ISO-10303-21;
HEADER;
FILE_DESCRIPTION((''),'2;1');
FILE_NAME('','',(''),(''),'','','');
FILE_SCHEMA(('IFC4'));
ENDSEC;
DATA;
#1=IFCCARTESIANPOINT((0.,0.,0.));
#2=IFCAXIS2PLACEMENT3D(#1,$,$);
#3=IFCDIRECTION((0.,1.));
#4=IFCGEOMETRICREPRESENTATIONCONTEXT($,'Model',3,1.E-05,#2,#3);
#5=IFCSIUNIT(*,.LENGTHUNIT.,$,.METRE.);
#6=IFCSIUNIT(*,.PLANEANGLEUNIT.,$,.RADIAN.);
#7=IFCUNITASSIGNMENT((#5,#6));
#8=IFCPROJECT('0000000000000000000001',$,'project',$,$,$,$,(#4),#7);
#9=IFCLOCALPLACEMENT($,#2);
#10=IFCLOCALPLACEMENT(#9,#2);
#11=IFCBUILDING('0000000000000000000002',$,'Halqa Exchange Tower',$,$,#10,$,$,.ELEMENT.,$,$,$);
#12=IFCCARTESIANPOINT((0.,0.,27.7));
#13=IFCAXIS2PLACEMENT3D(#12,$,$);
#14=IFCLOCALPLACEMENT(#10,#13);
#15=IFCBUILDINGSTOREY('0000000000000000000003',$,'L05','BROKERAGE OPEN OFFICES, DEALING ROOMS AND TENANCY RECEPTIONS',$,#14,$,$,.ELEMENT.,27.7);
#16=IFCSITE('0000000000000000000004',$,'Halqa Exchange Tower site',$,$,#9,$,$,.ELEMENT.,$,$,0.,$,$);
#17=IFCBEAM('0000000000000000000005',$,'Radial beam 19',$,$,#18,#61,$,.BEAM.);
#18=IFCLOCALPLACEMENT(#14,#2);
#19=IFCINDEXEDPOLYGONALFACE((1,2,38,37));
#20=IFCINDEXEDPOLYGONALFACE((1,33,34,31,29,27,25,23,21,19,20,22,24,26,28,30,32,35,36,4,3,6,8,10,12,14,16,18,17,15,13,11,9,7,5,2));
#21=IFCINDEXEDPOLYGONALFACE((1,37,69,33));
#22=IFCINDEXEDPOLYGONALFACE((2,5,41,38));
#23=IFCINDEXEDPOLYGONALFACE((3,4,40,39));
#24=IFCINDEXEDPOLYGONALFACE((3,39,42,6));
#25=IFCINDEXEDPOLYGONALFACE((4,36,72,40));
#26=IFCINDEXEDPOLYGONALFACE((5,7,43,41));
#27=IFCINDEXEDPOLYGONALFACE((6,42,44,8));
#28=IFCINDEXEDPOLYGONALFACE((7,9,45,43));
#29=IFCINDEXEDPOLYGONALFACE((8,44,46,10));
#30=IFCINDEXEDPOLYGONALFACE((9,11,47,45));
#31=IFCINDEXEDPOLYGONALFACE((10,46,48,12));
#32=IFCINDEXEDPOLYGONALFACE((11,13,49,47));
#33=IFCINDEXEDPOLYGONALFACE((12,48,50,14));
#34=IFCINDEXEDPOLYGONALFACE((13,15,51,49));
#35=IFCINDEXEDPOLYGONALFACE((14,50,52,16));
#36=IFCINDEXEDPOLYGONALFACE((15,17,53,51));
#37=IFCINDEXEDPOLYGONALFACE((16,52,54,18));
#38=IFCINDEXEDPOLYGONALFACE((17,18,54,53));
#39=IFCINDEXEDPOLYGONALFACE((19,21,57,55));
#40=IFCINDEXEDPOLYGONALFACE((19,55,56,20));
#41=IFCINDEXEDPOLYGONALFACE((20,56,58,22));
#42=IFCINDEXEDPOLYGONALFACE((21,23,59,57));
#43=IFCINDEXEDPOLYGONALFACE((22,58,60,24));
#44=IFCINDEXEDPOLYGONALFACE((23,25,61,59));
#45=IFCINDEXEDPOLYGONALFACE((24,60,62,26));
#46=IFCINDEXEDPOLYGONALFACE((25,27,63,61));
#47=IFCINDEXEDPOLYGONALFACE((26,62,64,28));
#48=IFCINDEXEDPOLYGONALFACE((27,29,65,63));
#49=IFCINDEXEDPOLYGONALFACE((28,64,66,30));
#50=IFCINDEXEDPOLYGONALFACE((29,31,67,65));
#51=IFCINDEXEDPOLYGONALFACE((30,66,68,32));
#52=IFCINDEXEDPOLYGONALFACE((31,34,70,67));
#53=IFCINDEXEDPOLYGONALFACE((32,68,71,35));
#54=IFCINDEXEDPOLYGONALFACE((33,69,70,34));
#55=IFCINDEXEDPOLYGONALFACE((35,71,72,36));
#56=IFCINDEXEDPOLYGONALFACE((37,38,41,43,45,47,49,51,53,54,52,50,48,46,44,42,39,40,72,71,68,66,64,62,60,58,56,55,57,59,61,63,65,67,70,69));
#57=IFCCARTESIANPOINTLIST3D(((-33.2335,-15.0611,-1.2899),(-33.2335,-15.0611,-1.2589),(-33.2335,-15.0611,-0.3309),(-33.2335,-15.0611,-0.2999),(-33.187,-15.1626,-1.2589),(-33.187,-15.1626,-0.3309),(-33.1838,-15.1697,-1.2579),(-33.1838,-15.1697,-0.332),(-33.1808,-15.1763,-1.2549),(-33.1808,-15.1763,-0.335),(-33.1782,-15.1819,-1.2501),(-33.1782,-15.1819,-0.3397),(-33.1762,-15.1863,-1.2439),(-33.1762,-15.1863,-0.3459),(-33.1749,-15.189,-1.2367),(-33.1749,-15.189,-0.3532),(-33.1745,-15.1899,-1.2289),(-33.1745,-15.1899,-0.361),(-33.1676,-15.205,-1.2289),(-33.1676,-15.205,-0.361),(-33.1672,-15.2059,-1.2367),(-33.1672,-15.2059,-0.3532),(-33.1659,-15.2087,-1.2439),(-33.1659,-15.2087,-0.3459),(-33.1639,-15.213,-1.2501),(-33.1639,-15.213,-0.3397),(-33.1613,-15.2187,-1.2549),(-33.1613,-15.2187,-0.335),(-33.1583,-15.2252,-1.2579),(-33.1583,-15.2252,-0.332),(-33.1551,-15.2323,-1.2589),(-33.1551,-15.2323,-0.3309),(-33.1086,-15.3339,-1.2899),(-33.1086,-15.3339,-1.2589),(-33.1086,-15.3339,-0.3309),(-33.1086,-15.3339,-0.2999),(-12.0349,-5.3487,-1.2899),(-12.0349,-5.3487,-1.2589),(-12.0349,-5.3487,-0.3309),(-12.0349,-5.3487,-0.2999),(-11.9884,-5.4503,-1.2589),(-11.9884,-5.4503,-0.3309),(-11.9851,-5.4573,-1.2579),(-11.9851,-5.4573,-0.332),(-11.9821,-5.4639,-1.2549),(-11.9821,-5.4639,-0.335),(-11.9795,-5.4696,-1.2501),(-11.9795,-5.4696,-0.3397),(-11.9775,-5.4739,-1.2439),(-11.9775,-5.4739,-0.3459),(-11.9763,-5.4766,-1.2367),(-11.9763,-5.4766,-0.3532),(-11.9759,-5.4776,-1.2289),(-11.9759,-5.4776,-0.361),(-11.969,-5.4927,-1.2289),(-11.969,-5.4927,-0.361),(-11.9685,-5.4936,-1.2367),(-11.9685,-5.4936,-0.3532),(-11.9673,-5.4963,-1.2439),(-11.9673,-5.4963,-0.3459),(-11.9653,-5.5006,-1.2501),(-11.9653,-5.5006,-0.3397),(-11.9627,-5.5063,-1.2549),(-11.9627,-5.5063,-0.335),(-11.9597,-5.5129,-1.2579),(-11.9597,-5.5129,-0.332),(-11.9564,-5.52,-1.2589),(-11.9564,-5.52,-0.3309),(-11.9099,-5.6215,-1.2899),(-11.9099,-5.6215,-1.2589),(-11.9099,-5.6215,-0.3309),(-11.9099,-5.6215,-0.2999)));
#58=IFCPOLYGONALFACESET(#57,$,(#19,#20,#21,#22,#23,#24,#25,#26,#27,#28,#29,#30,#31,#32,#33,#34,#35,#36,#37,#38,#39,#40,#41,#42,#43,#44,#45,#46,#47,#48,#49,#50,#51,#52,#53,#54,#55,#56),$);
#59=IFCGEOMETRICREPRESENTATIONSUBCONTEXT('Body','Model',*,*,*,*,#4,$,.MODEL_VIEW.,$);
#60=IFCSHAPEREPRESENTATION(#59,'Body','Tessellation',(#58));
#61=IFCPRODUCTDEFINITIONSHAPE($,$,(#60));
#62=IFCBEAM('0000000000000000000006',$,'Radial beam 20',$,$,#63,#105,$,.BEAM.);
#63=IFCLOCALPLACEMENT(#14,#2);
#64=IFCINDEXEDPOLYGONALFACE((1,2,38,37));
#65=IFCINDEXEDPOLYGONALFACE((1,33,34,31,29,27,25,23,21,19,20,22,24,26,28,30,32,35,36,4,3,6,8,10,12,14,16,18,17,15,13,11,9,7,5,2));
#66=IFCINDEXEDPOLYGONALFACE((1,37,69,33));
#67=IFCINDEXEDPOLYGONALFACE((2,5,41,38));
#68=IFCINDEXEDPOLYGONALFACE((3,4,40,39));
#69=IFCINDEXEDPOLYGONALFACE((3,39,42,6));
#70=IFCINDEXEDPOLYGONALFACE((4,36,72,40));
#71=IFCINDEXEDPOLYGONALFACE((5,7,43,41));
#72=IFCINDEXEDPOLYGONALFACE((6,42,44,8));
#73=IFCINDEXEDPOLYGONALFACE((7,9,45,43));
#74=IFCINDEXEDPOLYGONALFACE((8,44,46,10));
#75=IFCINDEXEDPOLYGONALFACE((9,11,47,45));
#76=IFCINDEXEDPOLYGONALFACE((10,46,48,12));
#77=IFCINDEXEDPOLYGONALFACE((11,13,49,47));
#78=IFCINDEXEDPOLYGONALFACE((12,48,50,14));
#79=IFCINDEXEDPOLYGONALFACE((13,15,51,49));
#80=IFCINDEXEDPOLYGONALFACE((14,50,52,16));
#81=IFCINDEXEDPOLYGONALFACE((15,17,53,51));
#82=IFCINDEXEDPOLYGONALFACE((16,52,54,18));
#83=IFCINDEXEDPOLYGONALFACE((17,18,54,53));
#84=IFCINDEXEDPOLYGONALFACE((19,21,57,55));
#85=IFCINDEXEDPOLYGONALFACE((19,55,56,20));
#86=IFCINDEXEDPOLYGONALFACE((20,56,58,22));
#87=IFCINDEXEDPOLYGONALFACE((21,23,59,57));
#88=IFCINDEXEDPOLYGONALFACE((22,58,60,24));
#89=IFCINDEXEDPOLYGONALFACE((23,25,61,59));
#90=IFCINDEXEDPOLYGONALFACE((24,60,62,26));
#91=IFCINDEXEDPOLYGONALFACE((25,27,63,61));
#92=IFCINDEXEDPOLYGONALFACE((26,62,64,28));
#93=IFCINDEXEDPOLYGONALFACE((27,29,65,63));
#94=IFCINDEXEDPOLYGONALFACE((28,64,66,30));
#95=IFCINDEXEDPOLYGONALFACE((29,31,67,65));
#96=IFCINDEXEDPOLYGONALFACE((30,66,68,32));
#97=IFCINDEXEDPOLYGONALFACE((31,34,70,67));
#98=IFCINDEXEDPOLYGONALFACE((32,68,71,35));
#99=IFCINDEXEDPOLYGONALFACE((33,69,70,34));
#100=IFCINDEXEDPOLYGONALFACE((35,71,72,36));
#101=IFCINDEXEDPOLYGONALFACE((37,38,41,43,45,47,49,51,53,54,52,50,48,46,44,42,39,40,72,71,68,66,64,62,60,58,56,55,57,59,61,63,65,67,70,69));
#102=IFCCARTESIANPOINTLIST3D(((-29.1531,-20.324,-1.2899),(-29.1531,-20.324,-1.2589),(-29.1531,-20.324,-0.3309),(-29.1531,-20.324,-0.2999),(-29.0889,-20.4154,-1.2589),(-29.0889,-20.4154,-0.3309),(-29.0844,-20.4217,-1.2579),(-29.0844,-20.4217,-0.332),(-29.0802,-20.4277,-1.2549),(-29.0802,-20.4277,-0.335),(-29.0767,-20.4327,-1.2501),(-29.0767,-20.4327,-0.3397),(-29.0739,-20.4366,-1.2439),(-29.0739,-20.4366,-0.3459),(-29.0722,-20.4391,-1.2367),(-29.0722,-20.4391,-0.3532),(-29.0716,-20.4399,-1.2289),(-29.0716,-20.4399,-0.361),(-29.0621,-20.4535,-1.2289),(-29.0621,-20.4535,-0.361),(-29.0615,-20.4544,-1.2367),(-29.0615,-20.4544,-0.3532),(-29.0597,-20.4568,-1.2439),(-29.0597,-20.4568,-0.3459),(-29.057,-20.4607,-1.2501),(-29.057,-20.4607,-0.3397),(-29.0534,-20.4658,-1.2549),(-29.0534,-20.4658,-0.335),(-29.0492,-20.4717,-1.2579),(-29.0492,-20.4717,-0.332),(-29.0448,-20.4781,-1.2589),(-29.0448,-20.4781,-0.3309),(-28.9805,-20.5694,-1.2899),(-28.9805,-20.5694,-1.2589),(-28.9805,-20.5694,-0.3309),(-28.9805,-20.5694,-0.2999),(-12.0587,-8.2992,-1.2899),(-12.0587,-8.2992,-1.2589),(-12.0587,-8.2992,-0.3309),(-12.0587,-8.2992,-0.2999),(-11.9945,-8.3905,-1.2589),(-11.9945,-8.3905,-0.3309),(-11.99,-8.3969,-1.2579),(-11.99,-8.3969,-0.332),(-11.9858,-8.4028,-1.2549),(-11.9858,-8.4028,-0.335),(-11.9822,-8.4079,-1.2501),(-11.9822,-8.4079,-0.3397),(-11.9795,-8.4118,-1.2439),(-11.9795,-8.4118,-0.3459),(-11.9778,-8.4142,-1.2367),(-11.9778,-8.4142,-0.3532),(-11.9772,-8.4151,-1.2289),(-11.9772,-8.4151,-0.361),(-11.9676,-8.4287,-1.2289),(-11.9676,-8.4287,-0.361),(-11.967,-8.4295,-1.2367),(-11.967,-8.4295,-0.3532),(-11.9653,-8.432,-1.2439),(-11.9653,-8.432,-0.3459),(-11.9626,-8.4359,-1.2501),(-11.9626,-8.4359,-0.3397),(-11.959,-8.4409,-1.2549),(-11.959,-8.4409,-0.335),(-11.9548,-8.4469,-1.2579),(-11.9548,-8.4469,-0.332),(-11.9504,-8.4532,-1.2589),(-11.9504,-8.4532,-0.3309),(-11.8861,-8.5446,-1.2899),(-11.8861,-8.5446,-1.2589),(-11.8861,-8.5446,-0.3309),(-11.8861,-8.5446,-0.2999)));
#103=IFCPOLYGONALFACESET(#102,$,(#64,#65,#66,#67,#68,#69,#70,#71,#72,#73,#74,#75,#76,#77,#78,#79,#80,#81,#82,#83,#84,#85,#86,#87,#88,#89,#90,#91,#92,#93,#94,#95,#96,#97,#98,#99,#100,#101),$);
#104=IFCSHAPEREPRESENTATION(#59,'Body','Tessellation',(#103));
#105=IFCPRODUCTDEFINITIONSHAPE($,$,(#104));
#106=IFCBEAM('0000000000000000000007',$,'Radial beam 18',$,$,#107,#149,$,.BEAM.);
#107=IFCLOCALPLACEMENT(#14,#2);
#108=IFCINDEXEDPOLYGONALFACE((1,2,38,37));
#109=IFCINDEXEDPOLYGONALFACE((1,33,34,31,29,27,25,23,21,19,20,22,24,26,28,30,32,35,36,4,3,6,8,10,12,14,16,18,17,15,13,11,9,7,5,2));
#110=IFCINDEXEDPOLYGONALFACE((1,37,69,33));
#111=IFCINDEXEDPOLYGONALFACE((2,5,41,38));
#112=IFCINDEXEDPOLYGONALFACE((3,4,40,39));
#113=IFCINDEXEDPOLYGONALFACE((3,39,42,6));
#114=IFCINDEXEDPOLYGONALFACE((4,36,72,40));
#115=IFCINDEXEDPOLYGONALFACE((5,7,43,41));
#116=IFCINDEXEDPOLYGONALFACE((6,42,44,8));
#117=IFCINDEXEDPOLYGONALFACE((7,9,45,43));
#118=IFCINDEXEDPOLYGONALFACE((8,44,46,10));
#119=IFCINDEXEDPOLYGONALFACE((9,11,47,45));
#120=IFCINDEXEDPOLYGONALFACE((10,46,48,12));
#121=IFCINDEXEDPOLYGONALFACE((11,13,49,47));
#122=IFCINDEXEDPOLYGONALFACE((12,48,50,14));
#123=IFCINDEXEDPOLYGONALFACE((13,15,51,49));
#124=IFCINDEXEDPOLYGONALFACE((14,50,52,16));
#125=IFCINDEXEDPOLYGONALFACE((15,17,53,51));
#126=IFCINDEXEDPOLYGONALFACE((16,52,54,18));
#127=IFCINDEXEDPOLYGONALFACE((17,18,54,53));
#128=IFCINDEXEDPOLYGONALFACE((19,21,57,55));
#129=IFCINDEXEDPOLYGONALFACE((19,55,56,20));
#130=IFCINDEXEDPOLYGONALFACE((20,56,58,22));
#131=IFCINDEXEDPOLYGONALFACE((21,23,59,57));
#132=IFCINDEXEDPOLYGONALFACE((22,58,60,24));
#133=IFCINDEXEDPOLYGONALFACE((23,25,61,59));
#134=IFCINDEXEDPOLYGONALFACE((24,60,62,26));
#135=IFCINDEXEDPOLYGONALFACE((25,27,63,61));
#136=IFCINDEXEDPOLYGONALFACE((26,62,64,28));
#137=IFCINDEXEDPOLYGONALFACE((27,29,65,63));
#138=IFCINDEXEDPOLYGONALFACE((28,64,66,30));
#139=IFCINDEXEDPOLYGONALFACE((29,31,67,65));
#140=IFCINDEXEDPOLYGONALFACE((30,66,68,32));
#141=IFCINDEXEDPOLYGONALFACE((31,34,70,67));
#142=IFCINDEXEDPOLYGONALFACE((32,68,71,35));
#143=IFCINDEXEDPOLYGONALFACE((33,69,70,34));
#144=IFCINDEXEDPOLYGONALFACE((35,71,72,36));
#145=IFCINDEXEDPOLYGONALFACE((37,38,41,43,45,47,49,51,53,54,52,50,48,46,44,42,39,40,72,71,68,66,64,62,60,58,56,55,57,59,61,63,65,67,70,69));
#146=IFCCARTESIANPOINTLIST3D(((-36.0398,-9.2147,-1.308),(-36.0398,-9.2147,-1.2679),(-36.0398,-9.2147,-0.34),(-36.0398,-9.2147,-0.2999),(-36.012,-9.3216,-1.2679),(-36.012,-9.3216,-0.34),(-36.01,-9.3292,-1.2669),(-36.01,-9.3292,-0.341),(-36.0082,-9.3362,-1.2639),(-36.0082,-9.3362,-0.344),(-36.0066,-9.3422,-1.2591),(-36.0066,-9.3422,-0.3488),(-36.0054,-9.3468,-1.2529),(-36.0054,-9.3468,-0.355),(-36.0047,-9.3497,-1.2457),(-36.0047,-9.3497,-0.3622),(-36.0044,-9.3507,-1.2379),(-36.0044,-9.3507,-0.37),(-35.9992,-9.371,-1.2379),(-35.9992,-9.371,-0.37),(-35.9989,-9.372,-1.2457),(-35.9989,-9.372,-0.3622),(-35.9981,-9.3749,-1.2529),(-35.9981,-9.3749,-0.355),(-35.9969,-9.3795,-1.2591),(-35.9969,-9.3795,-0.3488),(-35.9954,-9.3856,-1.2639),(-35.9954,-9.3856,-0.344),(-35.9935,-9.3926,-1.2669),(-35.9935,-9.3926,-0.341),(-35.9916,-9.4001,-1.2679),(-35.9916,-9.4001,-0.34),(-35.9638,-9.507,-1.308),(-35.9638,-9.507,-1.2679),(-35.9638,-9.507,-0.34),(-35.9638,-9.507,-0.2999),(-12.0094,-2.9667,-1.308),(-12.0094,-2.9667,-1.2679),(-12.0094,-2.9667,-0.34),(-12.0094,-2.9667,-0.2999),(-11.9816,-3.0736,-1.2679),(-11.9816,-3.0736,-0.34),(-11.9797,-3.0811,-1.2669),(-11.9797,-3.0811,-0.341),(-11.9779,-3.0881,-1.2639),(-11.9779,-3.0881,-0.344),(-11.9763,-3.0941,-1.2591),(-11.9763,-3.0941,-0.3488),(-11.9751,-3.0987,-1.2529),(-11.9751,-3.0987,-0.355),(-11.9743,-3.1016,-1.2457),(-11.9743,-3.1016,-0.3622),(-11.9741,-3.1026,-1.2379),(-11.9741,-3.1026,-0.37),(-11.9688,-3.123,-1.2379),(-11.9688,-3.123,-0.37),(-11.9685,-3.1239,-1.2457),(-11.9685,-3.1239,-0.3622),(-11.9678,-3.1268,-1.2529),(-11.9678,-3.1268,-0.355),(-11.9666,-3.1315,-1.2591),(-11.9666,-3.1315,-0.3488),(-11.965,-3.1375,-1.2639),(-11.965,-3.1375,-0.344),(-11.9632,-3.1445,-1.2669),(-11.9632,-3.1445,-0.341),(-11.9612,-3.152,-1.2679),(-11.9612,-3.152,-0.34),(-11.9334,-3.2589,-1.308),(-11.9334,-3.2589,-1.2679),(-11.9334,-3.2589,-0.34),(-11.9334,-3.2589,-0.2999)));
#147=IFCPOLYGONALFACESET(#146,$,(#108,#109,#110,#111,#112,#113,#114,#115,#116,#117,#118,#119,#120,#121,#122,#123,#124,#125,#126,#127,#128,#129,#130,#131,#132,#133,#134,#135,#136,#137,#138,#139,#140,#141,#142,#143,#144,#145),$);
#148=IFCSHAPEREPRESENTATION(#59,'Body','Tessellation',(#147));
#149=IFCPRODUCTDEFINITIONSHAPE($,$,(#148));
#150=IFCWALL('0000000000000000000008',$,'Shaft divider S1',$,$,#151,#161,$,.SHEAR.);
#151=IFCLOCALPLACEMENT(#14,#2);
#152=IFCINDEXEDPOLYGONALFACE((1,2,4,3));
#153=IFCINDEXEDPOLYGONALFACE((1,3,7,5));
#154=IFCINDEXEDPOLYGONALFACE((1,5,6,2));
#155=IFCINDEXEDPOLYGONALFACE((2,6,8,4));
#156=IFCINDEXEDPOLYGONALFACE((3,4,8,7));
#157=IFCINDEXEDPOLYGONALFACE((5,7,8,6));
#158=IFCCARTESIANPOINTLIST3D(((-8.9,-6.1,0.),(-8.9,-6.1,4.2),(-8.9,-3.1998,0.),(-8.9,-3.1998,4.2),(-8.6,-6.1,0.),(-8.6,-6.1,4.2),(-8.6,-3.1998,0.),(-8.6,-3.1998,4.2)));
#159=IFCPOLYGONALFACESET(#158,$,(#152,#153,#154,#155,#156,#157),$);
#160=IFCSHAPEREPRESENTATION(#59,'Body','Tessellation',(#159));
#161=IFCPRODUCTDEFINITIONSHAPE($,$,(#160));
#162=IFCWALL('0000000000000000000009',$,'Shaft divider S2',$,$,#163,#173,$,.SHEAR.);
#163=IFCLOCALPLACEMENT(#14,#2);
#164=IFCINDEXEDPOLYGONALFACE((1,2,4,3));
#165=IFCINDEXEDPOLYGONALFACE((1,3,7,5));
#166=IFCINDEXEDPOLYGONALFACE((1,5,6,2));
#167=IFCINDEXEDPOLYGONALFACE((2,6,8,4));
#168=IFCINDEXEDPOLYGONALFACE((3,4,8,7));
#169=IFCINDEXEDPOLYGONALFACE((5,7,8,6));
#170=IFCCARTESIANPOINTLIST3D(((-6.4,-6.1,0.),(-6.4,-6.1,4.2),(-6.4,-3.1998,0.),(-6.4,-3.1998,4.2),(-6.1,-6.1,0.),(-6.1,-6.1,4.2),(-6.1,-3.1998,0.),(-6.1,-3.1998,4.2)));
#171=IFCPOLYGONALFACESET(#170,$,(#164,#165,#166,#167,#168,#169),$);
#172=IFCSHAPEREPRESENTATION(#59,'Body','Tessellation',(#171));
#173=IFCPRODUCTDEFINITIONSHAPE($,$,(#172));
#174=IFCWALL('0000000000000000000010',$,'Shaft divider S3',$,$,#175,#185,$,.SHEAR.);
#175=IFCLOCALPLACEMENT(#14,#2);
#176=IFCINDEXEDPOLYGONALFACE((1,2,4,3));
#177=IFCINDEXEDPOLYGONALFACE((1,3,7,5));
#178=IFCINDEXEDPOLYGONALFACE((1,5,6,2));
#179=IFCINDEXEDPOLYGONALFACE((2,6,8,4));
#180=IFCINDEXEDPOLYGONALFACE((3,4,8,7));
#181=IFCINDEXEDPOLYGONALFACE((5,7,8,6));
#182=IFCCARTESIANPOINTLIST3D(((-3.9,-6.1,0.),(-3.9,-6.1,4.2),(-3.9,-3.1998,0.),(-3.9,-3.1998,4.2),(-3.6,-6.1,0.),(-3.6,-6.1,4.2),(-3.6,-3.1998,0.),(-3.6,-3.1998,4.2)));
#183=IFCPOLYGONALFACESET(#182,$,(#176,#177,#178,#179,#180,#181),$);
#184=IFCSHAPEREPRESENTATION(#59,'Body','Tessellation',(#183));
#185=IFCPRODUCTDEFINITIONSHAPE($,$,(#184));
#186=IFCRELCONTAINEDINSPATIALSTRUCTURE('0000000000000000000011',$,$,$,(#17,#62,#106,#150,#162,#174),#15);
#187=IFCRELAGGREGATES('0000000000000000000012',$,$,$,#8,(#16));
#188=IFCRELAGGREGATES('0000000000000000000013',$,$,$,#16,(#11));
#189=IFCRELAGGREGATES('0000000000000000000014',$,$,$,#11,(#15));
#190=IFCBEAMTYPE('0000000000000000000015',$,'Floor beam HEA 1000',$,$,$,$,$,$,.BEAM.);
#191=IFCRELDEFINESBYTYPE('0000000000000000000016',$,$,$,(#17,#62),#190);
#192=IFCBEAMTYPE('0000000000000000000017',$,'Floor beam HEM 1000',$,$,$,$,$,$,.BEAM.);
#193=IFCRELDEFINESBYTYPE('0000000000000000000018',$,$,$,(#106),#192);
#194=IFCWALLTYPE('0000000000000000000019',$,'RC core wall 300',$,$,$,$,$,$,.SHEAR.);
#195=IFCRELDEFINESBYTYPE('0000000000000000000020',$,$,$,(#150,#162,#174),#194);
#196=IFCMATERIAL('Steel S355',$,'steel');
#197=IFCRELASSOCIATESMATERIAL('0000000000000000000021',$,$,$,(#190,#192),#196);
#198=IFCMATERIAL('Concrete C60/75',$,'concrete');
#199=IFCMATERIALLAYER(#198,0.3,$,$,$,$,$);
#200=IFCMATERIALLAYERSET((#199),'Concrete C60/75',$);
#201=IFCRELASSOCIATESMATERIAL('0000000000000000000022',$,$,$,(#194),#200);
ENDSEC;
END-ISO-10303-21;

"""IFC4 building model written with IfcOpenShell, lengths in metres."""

from ifc_helpers import new_model, si_unit, direction, frame, frame_2d, origin, origin_2d, place, context, subcontext, project, spatial, rectangle, i_section, extrude, material, layer, layer_set, material_profile, profile_set, type_object, element, save


model = new_model("IFC4")

# Units and contexts
model_context = context("Model", 3, precision=1e-05, world=origin(), true_north=direction((0.0, 1.0)))
body_context = subcontext(model_context, "Body", "Model", "MODEL_VIEW")
ifc_project = project(units=[si_unit("LENGTHUNIT", "METRE"), si_unit("PLANEANGLEUNIT", "RADIAN")], contexts=[model_context])

# Site, building, storey
site_placement = place(None, origin())
site = spatial("IfcSite", under=ifc_project, at=site_placement, Name="Halqa Exchange Tower site", CompositionType="ELEMENT", RefElevation=0.0)
building_placement = place(site_placement, origin())
building = spatial("IfcBuilding", under=site, at=building_placement, Name="Halqa Exchange Tower", CompositionType="ELEMENT")
storey_placement = place(building_placement, frame((0.0, 0.0, 27.7)))
storey = spatial("IfcBuildingStorey", under=building, at=storey_placement, Name="L05", Description="BROKERAGE OPEN OFFICES, DEALING ROOMS AND TENANCY RECEPTIONS", CompositionType="ELEMENT", Elevation=27.7)

# Beams
ifc_material_1 = material(Name="Steel S355", Category="steel")
ifc_material_profile_1 = material_profile(ifc_material_1, i_section(OverallWidth=0.3, OverallDepth=0.99, WebThickness=0.0166, FlangeThickness=0.031, FilletRadius=0.03, at=origin_2d()), Name="HEA 1000")
ifc_profile_set_1 = profile_set([ifc_material_profile_1], Name="Steel S355")
beam_type_1 = type_object("IfcBeamType", Name="Floor beam HEA 1000", PredefinedType="BEAM", material=ifc_profile_set_1)
beam_1_placement = place(storey_placement, frame((-11.9724, -5.4851, -0.7949), z_axis=(-0.909125, -0.416524, 0.0), x_axis=(0.416524, -0.909125, 0.0)))
element("IfcBeam", 1, at=beam_1_placement, inside=storey, type_object=beam_type_1, Name="Radial beam 19", PredefinedType="BEAM", context=body_context, shape_type="SweptSolid", body=[
    extrude(i_section(OverallWidth=0.3, OverallDepth=0.99, WebThickness=0.0166, FlangeThickness=0.031, FilletRadius=0.03, at=origin_2d()), origin(), (0.0, 0.0, 1.0), 23.3176),
])
beam_2_placement = place(storey_placement, frame((-11.9724, -8.4219, -0.7949), z_axis=(-0.817909, -0.575348, 0.0), x_axis=(0.575348, -0.817909, 0.0)))
element("IfcBeam", 2, at=beam_2_placement, inside=storey, type_object=beam_type_1, Name="Radial beam 20", PredefinedType="BEAM", context=body_context, shape_type="SweptSolid", body=[
    extrude(i_section(OverallWidth=0.3, OverallDepth=0.99, WebThickness=0.0166, FlangeThickness=0.031, FilletRadius=0.03, at=origin_2d()), origin(), (0.0, 0.0, 1.0), 20.9001),
])
ifc_material_profile_2 = material_profile(ifc_material_1, i_section(OverallWidth=0.302, OverallDepth=1.0081, WebThickness=0.021, FlangeThickness=0.04, FilletRadius=0.03, at=origin_2d()), Name="HEM 1000")
ifc_profile_set_2 = profile_set([ifc_material_profile_2], Name="Steel S355")
beam_type_2 = type_object("IfcBeamType", Name="Floor beam HEM 1000", PredefinedType="BEAM", material=ifc_profile_set_2)
beam_3_placement = place(storey_placement, frame((-11.9714, -3.1128, -0.804), z_axis=(-0.967821, -0.25164, 0.0), x_axis=(0.25164, -0.967821, 0.0)))
element("IfcBeam", 3, at=beam_3_placement, inside=storey, type_object=beam_type_2, Name="Radial beam 18", PredefinedType="BEAM", context=body_context, shape_type="SweptSolid", body=[
    extrude(i_section(OverallWidth=0.302, OverallDepth=1.0081, WebThickness=0.021, FlangeThickness=0.04, FilletRadius=0.03, at=origin_2d()), origin(), (0.0, 0.0, 1.0), 24.8293),
])

# Walls
ifc_material_2 = material(Name="Concrete C60/75", Category="concrete")
ifc_layer_1 = layer(ifc_material_2, 0.3)
ifc_layer_set_1 = layer_set([ifc_layer_1], Name="Concrete C60/75")
wall_type_1 = type_object("IfcWallType", Name="RC core wall 300", PredefinedType="SHEAR", material=ifc_layer_set_1)
for number, where, z_axis, x_axis, name in (
    (4, (-8.75, -6.1001, 0.0), (0.0, 0.0, 1.0), (0.0, 1.0, 0.0), "Shaft divider S1"),
    (5, (-6.25, -6.1001, 0.0), (0.0, 0.0, 1.0), (0.0, 1.0, 0.0), "Shaft divider S2"),
    (6, (-3.75, -6.1001, 0.0), (0.0, 0.0, 1.0), (0.0, 1.0, 0.0), "Shaft divider S3"),
):
    element("IfcWall", number, at=place(storey_placement, frame(where, z_axis=z_axis, x_axis=x_axis)), inside=storey, type_object=wall_type_1, Name=name, PredefinedType="SHEAR", context=body_context, shape_type="SweptSolid", body=[
        extrude(rectangle(XDim=2.9001, YDim=0.3, at=frame_2d((1.4502, 0.0))), origin(), (0.0, 0.0, 1.0), 4.2),
    ])

save(model, "model.ifc")
